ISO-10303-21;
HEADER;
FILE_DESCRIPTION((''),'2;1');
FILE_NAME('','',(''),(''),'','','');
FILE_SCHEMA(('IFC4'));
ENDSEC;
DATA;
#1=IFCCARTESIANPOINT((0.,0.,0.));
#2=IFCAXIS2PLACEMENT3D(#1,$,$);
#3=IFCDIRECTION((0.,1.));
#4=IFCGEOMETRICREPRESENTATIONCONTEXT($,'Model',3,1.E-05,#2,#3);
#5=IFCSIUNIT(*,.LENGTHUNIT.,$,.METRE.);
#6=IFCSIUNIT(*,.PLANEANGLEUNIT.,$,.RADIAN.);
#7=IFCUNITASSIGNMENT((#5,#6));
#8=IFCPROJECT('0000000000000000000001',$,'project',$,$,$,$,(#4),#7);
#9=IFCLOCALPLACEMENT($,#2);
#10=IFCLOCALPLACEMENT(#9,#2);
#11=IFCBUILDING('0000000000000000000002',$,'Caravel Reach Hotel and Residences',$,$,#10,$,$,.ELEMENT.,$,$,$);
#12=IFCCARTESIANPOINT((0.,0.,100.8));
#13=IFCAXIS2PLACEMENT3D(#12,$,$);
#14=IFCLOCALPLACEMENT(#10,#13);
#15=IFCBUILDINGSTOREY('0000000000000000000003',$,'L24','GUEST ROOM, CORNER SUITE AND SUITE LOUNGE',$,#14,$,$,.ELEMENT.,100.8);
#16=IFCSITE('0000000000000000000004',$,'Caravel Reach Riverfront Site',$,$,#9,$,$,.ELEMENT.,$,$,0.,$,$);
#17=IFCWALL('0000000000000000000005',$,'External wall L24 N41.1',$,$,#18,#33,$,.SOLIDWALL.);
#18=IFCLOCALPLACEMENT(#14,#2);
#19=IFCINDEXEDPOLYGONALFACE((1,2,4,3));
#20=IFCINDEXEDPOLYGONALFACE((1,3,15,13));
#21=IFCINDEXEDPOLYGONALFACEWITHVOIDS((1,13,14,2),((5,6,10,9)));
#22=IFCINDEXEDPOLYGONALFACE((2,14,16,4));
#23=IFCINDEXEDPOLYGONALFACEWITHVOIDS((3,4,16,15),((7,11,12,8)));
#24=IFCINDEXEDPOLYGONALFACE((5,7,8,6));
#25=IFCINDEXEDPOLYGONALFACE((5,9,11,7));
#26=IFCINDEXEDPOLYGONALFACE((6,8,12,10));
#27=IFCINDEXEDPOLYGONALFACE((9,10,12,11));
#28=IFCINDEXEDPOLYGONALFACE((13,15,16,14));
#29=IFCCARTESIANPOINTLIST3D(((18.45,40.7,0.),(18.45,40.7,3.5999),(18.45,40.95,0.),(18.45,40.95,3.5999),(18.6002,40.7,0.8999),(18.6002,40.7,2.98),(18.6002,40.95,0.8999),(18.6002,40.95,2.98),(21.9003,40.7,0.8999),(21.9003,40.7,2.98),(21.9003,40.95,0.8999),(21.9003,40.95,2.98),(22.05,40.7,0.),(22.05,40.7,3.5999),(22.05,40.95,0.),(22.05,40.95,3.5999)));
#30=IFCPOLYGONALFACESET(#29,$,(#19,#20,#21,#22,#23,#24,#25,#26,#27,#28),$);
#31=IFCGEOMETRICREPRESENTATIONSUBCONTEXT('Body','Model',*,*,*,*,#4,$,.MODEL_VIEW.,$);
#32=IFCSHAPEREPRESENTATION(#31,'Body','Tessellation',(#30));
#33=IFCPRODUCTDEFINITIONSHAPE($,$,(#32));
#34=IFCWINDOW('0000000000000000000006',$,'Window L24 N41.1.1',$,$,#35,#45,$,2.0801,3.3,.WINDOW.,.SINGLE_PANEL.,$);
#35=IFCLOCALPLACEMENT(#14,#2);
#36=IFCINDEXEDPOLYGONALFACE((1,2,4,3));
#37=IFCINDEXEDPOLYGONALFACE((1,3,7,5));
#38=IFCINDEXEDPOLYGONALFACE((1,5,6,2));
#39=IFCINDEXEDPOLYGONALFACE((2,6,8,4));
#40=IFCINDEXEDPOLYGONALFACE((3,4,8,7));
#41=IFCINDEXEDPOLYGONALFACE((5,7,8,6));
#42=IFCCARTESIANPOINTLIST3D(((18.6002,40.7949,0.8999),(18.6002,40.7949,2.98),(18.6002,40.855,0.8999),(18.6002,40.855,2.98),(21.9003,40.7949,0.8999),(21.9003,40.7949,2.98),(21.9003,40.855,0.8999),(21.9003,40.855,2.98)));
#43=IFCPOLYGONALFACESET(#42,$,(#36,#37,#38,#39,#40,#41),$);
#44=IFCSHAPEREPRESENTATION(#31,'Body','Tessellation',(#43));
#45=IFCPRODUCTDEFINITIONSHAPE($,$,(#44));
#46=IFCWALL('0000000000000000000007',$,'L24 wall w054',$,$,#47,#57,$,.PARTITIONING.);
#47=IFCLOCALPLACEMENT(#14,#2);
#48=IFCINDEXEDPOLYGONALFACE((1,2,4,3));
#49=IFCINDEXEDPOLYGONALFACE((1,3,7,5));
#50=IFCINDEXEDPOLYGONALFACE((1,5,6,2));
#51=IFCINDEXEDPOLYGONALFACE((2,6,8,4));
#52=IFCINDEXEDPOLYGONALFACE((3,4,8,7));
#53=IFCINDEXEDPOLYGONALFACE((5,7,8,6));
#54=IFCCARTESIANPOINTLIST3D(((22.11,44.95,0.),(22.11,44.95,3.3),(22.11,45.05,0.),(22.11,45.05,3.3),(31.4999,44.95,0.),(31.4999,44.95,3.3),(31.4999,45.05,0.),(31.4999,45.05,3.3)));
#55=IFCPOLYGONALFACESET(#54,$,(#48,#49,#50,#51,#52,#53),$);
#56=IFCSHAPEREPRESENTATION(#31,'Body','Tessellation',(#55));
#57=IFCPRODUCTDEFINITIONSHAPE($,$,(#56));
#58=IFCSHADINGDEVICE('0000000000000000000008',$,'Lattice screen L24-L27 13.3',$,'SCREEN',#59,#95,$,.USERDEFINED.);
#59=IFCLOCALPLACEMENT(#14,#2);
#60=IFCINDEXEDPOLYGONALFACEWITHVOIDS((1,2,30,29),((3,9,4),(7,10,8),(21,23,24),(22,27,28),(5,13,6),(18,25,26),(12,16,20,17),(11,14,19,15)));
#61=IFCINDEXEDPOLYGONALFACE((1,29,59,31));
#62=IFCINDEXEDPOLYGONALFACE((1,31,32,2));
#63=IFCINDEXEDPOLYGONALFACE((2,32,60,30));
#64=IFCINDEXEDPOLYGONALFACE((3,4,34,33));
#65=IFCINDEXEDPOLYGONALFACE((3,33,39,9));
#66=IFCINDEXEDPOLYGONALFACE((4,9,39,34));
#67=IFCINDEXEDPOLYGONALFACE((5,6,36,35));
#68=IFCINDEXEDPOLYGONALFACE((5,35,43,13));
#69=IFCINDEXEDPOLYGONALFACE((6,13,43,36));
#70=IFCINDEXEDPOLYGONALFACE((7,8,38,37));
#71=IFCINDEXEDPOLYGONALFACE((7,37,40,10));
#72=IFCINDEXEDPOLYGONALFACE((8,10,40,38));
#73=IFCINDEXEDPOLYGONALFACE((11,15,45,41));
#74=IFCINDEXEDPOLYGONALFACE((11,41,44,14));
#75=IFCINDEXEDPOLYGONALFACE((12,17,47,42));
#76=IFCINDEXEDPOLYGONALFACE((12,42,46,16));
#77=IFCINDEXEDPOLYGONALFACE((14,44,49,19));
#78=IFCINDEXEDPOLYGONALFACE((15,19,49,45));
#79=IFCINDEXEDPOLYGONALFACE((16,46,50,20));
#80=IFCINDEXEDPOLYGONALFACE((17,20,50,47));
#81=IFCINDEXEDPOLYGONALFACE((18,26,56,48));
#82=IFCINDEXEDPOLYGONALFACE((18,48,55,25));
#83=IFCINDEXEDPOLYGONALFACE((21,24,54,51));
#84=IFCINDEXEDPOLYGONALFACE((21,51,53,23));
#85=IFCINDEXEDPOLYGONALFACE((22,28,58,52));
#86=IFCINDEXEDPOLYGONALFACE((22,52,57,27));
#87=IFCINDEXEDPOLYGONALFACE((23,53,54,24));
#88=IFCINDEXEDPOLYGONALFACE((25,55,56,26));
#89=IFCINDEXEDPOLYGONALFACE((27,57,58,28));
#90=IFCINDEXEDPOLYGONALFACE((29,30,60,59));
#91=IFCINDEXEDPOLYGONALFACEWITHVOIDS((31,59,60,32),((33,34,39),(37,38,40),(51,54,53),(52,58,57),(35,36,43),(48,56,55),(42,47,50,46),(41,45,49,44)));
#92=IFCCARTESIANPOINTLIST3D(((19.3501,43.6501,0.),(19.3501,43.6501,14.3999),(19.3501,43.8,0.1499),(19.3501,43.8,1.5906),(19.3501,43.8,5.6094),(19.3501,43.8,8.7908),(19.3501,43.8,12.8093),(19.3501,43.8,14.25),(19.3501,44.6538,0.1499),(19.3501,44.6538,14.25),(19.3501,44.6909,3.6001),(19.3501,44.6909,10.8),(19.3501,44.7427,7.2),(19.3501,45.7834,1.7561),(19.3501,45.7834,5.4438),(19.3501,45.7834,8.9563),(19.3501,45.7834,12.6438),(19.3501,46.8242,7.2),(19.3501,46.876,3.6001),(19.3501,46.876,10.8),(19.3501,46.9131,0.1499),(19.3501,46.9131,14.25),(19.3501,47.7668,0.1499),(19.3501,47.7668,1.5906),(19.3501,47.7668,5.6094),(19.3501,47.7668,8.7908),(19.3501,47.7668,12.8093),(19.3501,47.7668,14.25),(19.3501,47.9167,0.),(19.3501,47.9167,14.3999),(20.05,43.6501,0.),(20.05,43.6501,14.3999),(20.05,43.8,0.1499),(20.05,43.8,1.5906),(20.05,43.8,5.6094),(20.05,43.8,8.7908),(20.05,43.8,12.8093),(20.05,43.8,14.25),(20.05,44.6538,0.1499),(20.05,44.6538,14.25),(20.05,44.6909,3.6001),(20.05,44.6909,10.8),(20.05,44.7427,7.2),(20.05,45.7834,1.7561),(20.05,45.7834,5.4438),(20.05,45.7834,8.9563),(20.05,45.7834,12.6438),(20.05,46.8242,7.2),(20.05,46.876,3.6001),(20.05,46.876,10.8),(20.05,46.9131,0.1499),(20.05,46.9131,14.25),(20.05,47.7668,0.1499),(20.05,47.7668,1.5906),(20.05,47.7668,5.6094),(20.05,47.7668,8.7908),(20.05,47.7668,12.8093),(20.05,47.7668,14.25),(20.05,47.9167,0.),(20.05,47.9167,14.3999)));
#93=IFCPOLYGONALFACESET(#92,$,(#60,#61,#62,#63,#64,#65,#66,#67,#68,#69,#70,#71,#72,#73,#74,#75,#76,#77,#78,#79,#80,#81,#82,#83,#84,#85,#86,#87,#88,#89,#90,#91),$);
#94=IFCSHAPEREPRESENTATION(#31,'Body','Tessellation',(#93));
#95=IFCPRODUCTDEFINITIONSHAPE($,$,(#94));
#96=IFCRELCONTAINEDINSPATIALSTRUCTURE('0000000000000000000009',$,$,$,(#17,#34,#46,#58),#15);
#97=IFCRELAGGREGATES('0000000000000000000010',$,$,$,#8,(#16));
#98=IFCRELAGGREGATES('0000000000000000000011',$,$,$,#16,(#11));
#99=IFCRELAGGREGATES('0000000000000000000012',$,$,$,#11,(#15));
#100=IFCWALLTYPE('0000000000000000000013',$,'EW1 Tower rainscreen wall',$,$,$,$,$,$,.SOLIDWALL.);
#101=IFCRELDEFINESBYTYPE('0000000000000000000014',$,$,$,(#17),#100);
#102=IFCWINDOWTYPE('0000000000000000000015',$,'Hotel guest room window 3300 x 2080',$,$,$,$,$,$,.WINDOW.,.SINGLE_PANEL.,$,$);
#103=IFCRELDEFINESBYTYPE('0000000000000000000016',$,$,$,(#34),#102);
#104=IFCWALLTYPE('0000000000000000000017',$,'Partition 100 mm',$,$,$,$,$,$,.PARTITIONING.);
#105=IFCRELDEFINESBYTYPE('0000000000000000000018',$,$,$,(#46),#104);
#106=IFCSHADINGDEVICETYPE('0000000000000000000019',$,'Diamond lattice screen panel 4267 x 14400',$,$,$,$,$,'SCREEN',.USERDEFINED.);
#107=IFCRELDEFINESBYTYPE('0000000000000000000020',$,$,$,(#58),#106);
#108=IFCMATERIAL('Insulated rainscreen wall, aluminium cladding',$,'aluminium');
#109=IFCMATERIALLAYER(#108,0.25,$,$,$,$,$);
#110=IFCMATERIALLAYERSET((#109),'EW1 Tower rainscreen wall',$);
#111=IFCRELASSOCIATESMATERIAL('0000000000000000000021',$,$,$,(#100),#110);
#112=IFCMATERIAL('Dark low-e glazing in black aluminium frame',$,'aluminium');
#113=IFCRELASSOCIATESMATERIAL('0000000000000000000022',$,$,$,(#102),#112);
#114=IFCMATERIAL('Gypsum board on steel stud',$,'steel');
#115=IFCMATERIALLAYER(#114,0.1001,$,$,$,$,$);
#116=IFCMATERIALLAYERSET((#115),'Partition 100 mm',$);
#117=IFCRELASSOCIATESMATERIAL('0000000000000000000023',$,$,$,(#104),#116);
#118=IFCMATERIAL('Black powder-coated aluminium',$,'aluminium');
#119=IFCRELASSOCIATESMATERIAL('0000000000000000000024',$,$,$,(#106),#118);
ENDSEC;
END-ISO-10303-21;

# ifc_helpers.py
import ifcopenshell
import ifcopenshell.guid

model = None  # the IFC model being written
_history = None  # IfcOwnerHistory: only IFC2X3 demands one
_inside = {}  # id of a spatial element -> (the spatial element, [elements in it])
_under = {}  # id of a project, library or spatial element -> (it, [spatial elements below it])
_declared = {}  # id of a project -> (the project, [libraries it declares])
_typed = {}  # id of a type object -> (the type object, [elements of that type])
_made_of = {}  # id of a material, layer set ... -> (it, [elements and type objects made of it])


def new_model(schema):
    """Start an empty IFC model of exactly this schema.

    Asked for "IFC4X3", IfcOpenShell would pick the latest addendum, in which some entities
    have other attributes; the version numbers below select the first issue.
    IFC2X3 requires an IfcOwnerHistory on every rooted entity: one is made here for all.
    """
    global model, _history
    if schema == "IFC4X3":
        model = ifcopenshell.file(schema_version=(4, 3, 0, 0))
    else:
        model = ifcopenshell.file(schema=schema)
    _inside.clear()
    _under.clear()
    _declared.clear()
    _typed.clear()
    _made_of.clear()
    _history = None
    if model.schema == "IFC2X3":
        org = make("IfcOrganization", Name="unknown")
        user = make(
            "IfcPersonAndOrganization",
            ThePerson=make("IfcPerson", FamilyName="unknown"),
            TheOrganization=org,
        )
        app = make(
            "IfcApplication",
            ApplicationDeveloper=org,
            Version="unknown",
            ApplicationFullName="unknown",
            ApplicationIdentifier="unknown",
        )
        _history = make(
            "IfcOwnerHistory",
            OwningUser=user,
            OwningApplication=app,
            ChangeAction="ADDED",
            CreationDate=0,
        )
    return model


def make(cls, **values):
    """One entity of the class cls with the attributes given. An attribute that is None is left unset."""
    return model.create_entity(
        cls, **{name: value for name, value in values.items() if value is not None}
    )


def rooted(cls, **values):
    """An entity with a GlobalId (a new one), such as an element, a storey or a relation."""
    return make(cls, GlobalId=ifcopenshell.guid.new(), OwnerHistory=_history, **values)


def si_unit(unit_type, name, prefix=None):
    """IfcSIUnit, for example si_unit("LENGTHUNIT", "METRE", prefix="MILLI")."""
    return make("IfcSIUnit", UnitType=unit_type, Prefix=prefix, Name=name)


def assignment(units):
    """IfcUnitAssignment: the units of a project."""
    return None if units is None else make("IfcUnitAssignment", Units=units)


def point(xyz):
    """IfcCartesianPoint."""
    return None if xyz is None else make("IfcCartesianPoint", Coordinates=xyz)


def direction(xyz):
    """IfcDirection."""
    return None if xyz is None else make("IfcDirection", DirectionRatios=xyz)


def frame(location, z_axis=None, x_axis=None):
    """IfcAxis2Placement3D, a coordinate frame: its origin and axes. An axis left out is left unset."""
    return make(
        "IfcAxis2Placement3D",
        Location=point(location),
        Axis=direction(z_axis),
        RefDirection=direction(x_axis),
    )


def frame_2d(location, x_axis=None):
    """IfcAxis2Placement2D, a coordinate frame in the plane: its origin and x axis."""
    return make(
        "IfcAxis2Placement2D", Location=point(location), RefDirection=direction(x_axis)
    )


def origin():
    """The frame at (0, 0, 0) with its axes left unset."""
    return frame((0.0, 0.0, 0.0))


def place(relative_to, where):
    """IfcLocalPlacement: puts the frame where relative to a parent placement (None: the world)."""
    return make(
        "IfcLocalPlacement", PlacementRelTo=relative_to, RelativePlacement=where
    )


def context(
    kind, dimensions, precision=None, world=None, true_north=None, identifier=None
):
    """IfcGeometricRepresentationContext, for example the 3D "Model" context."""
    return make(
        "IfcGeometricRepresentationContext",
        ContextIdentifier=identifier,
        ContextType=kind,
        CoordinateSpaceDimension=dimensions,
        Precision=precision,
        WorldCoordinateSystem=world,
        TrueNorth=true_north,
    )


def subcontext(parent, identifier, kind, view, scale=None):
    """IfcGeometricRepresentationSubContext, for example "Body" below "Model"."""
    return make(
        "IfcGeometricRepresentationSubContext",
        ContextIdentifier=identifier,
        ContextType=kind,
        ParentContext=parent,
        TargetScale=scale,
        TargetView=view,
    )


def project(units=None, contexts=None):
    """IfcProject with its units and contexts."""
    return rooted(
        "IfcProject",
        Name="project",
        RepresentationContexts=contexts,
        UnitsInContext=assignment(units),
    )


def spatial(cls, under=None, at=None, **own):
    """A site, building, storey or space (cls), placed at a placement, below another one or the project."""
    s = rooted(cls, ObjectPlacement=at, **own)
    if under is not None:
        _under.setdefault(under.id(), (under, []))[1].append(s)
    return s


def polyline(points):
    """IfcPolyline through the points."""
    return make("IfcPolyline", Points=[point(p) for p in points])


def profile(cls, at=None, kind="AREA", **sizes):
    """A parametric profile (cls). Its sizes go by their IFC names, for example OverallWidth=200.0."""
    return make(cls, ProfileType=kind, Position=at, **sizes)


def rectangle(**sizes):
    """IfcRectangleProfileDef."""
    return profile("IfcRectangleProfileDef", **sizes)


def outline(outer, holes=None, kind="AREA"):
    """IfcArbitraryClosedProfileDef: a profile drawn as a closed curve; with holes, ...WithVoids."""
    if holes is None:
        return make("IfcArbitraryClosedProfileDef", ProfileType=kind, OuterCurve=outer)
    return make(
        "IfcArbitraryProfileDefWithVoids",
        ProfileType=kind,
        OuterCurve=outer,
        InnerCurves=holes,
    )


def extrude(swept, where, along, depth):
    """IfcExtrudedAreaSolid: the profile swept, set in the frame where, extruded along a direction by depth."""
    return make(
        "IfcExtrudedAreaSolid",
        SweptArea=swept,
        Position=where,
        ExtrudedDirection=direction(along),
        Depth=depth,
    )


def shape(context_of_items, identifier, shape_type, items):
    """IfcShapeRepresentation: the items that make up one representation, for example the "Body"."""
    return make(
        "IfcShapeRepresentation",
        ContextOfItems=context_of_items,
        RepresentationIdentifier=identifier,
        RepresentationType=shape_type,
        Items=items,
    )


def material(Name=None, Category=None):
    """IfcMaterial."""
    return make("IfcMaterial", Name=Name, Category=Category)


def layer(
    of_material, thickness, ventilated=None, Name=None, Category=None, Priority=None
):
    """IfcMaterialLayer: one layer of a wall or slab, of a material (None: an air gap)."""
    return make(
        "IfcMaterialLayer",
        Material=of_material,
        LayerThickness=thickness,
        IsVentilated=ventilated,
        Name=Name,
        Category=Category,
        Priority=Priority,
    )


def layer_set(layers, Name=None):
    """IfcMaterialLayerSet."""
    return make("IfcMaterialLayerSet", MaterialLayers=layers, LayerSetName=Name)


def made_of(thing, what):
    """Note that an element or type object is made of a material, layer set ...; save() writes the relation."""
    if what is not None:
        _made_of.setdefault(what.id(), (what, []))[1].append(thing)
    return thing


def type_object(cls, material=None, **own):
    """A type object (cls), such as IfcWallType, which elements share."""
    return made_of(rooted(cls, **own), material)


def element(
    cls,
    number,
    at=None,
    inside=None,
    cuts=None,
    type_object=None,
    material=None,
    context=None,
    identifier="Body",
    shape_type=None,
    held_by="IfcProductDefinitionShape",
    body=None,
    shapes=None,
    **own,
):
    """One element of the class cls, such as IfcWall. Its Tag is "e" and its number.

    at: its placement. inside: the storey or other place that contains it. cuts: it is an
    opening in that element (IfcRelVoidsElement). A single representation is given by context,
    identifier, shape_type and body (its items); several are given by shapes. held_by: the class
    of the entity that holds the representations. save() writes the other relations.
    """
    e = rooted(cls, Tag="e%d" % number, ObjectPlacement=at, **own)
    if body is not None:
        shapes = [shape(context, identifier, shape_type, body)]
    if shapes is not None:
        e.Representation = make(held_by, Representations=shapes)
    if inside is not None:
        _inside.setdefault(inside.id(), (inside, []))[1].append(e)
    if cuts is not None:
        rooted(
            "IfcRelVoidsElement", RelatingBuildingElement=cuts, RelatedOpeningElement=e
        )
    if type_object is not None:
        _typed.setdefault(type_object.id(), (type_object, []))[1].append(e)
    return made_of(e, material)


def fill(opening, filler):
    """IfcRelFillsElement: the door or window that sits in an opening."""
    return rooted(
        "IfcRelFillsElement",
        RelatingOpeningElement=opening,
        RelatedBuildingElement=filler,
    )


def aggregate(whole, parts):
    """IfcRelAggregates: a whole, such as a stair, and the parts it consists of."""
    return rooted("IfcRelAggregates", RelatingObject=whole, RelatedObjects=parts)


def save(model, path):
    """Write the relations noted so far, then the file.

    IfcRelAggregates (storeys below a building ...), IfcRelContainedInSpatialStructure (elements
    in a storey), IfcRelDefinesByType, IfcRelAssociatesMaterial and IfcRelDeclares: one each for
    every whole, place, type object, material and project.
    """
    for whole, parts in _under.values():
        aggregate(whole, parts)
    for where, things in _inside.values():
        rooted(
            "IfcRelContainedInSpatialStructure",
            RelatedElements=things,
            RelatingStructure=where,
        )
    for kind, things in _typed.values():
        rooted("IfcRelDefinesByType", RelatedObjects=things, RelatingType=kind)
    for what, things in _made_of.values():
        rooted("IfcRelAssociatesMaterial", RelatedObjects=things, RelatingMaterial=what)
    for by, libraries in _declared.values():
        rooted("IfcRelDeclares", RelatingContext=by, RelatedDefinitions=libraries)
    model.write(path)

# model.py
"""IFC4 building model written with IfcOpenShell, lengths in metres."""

from ifc_helpers import new_model, si_unit, direction, frame, frame_2d, origin, place, context, subcontext, project, spatial, polyline, rectangle, outline, extrude, material, layer, layer_set, type_object, element, fill, save


model = new_model("IFC4")

# Units and contexts
model_context = context("Model", 3, precision=1e-05, world=origin(), true_north=direction((0.0, 1.0)))
body_context = subcontext(model_context, "Body", "Model", "MODEL_VIEW")
ifc_project = project(units=[si_unit("LENGTHUNIT", "METRE"), si_unit("PLANEANGLEUNIT", "RADIAN")], contexts=[model_context])

# Site, building, storey
site_placement = place(None, origin())
site = spatial("IfcSite", under=ifc_project, at=site_placement, Name="Caravel Reach Riverfront Site", CompositionType="ELEMENT", RefElevation=0.0)
building_placement = place(site_placement, origin())
building = spatial("IfcBuilding", under=site, at=building_placement, Name="Caravel Reach Hotel and Residences", CompositionType="ELEMENT")
storey_placement = place(building_placement, frame((0.0, 0.0, 100.8)))
storey = spatial("IfcBuildingStorey", under=building, at=storey_placement, Name="L24", Description="GUEST ROOM, CORNER SUITE AND SUITE LOUNGE", CompositionType="ELEMENT", Elevation=100.8)

# Shared definitions
ifc_material_1 = material(Name="Insulated rainscreen wall, aluminium cladding", Category="aluminium")
ifc_layer_1 = layer(ifc_material_1, 0.25)
ifc_layer_set_1 = layer_set([ifc_layer_1], Name="EW1 Tower rainscreen wall")
wall_type_1 = type_object("IfcWallType", Name="EW1 Tower rainscreen wall", PredefinedType="SOLIDWALL", material=ifc_layer_set_1)
ifc_material_2 = material(Name="Dark low-e glazing in black aluminium frame", Category="aluminium")
window_type = type_object("IfcWindowType", Name="Hotel guest room window 3300 x 2080", PartitioningType="SINGLE_PANEL", PredefinedType="WINDOW", material=ifc_material_2)

# Wall, opening, window
wall_1_placement = place(storey_placement, frame((22.05, 40.825, 0.0), z_axis=(0.0, 0.0, 1.0), x_axis=(-1.0, 0.0, 0.0)))
wall_1 = element("IfcWall", 1, at=wall_1_placement, inside=storey, type_object=wall_type_1, Name="External wall L24 N41.1", PredefinedType="SOLIDWALL", context=body_context, shape_type="SweptSolid", body=[
    extrude(rectangle(XDim=3.6001, YDim=0.25, at=frame_2d((1.8, 0.0))), origin(), (0.0, 0.0, 1.0), 3.5999),
])
opening_1_placement = place(wall_1_placement, frame((0.1499, 0.0, 0.8999)))
opening_1 = element("IfcOpeningElement", 2, at=opening_1_placement, cuts=wall_1, PredefinedType="OPENING", context=body_context, shape_type="SweptSolid", body=[
    extrude(rectangle(XDim=3.3, YDim=2.0801, at=frame_2d((1.6499, 1.04))), frame((0.0, 0.135, 0.0), z_axis=(0.0, -1.0, 0.0), x_axis=(1.0, 0.0, 0.0)), (0.0, 0.0, 1.0), 0.27),
])
window_1_placement = place(opening_1_placement, origin())
window_1 = element("IfcWindow", 3, at=window_1_placement, inside=storey, type_object=window_type, Name="Window L24 N41.1.1", OverallHeight=2.0801, OverallWidth=3.3, PartitioningType="SINGLE_PANEL", PredefinedType="WINDOW", context=body_context, shape_type="SweptSolid", body=[
    extrude(rectangle(XDim=3.3, YDim=2.0801, at=frame_2d((1.6499, 1.04))), frame((0.0, 0.03, 0.0), z_axis=(0.0, -1.0, 0.0), x_axis=(1.0, 0.0, 0.0)), (0.0, 0.0, 1.0), 0.0601),
])
fill(opening_1, window_1)

# Wall
ifc_material_3 = material(Name="Gypsum board on steel stud", Category="steel")
ifc_layer_2 = layer(ifc_material_3, 0.1001)
ifc_layer_set_2 = layer_set([ifc_layer_2], Name="Partition 100 mm")
wall_type_2 = type_object("IfcWallType", Name="Partition 100 mm", PredefinedType="PARTITIONING", material=ifc_layer_set_2)
wall_2_placement = place(storey_placement, frame((22.1101, 45.0, 0.0), z_axis=(0.0, 0.0, 1.0), x_axis=(1.0, 0.0, 0.0)))
element("IfcWall", 4, at=wall_2_placement, inside=storey, type_object=wall_type_2, Name="L24 wall w054", PredefinedType="PARTITIONING", context=body_context, shape_type="SweptSolid", body=[
    extrude(rectangle(XDim=9.3899, YDim=0.1001, at=frame_2d((4.6948, 0.0))), origin(), (0.0, 0.0, 1.0), 3.3),
])

# Shading device
ifc_material_4 = material(Name="Black powder-coated aluminium", Category="aluminium")
shading_device_type_1 = type_object("IfcShadingDeviceType", Name="Diamond lattice screen panel 4267 x 14400", ElementType="SCREEN", PredefinedType="USERDEFINED", material=ifc_material_4)
shading_device_1_placement = place(storey_placement, frame((20.05, 47.9167, 0.0), z_axis=(-1.0, 0.0, 0.0), x_axis=(0.0, -1.0, 0.0)))
element("IfcShadingDevice", 5, at=shading_device_1_placement, inside=storey, type_object=shading_device_type_1, Name="Lattice screen L24-L27 13.3", ObjectType="SCREEN", PredefinedType="USERDEFINED", context=body_context, shape_type="SweptSolid", body=[
    extrude(outline(polyline([(0.0, 0.0), (4.2666, 0.0), (4.2666, 14.3999), (0.0, 14.3999), (0.0, 0.0)]), holes=[polyline([(1.0037, 0.1499), (0.1499, 1.5906), (0.1499, 0.1499), (1.0037, 0.1499)]), polyline([(1.0925, 7.2), (0.1499, 8.7908), (0.1499, 5.6094), (1.0925, 7.2)]), polyline([(0.1499, 12.8093), (1.0037, 14.25), (0.1499, 14.25), (0.1499, 12.8093)]), polyline([(2.1333, 5.4438), (1.0408, 3.6001), (2.1333, 1.7561), (3.2258, 3.6001), (2.1333, 5.4438)]), polyline([(2.1333, 12.6438), (1.0408, 10.8), (2.1333, 8.9563), (3.2258, 10.8), (2.1333, 12.6438)]), polyline([(4.1167, 1.5906), (3.2629, 0.1499), (4.1167, 0.1499), (4.1167, 1.5906)]), polyline([(3.1741, 7.2), (4.1167, 5.6094), (4.1167, 8.7908), (3.1741, 7.2)]), polyline([(3.2629, 14.25), (4.1167, 12.8093), (4.1167, 14.25), (3.2629, 14.25)])]), origin(), (0.0, 0.0, 1.0), 0.7),
])

save(model, "model.ifc")
